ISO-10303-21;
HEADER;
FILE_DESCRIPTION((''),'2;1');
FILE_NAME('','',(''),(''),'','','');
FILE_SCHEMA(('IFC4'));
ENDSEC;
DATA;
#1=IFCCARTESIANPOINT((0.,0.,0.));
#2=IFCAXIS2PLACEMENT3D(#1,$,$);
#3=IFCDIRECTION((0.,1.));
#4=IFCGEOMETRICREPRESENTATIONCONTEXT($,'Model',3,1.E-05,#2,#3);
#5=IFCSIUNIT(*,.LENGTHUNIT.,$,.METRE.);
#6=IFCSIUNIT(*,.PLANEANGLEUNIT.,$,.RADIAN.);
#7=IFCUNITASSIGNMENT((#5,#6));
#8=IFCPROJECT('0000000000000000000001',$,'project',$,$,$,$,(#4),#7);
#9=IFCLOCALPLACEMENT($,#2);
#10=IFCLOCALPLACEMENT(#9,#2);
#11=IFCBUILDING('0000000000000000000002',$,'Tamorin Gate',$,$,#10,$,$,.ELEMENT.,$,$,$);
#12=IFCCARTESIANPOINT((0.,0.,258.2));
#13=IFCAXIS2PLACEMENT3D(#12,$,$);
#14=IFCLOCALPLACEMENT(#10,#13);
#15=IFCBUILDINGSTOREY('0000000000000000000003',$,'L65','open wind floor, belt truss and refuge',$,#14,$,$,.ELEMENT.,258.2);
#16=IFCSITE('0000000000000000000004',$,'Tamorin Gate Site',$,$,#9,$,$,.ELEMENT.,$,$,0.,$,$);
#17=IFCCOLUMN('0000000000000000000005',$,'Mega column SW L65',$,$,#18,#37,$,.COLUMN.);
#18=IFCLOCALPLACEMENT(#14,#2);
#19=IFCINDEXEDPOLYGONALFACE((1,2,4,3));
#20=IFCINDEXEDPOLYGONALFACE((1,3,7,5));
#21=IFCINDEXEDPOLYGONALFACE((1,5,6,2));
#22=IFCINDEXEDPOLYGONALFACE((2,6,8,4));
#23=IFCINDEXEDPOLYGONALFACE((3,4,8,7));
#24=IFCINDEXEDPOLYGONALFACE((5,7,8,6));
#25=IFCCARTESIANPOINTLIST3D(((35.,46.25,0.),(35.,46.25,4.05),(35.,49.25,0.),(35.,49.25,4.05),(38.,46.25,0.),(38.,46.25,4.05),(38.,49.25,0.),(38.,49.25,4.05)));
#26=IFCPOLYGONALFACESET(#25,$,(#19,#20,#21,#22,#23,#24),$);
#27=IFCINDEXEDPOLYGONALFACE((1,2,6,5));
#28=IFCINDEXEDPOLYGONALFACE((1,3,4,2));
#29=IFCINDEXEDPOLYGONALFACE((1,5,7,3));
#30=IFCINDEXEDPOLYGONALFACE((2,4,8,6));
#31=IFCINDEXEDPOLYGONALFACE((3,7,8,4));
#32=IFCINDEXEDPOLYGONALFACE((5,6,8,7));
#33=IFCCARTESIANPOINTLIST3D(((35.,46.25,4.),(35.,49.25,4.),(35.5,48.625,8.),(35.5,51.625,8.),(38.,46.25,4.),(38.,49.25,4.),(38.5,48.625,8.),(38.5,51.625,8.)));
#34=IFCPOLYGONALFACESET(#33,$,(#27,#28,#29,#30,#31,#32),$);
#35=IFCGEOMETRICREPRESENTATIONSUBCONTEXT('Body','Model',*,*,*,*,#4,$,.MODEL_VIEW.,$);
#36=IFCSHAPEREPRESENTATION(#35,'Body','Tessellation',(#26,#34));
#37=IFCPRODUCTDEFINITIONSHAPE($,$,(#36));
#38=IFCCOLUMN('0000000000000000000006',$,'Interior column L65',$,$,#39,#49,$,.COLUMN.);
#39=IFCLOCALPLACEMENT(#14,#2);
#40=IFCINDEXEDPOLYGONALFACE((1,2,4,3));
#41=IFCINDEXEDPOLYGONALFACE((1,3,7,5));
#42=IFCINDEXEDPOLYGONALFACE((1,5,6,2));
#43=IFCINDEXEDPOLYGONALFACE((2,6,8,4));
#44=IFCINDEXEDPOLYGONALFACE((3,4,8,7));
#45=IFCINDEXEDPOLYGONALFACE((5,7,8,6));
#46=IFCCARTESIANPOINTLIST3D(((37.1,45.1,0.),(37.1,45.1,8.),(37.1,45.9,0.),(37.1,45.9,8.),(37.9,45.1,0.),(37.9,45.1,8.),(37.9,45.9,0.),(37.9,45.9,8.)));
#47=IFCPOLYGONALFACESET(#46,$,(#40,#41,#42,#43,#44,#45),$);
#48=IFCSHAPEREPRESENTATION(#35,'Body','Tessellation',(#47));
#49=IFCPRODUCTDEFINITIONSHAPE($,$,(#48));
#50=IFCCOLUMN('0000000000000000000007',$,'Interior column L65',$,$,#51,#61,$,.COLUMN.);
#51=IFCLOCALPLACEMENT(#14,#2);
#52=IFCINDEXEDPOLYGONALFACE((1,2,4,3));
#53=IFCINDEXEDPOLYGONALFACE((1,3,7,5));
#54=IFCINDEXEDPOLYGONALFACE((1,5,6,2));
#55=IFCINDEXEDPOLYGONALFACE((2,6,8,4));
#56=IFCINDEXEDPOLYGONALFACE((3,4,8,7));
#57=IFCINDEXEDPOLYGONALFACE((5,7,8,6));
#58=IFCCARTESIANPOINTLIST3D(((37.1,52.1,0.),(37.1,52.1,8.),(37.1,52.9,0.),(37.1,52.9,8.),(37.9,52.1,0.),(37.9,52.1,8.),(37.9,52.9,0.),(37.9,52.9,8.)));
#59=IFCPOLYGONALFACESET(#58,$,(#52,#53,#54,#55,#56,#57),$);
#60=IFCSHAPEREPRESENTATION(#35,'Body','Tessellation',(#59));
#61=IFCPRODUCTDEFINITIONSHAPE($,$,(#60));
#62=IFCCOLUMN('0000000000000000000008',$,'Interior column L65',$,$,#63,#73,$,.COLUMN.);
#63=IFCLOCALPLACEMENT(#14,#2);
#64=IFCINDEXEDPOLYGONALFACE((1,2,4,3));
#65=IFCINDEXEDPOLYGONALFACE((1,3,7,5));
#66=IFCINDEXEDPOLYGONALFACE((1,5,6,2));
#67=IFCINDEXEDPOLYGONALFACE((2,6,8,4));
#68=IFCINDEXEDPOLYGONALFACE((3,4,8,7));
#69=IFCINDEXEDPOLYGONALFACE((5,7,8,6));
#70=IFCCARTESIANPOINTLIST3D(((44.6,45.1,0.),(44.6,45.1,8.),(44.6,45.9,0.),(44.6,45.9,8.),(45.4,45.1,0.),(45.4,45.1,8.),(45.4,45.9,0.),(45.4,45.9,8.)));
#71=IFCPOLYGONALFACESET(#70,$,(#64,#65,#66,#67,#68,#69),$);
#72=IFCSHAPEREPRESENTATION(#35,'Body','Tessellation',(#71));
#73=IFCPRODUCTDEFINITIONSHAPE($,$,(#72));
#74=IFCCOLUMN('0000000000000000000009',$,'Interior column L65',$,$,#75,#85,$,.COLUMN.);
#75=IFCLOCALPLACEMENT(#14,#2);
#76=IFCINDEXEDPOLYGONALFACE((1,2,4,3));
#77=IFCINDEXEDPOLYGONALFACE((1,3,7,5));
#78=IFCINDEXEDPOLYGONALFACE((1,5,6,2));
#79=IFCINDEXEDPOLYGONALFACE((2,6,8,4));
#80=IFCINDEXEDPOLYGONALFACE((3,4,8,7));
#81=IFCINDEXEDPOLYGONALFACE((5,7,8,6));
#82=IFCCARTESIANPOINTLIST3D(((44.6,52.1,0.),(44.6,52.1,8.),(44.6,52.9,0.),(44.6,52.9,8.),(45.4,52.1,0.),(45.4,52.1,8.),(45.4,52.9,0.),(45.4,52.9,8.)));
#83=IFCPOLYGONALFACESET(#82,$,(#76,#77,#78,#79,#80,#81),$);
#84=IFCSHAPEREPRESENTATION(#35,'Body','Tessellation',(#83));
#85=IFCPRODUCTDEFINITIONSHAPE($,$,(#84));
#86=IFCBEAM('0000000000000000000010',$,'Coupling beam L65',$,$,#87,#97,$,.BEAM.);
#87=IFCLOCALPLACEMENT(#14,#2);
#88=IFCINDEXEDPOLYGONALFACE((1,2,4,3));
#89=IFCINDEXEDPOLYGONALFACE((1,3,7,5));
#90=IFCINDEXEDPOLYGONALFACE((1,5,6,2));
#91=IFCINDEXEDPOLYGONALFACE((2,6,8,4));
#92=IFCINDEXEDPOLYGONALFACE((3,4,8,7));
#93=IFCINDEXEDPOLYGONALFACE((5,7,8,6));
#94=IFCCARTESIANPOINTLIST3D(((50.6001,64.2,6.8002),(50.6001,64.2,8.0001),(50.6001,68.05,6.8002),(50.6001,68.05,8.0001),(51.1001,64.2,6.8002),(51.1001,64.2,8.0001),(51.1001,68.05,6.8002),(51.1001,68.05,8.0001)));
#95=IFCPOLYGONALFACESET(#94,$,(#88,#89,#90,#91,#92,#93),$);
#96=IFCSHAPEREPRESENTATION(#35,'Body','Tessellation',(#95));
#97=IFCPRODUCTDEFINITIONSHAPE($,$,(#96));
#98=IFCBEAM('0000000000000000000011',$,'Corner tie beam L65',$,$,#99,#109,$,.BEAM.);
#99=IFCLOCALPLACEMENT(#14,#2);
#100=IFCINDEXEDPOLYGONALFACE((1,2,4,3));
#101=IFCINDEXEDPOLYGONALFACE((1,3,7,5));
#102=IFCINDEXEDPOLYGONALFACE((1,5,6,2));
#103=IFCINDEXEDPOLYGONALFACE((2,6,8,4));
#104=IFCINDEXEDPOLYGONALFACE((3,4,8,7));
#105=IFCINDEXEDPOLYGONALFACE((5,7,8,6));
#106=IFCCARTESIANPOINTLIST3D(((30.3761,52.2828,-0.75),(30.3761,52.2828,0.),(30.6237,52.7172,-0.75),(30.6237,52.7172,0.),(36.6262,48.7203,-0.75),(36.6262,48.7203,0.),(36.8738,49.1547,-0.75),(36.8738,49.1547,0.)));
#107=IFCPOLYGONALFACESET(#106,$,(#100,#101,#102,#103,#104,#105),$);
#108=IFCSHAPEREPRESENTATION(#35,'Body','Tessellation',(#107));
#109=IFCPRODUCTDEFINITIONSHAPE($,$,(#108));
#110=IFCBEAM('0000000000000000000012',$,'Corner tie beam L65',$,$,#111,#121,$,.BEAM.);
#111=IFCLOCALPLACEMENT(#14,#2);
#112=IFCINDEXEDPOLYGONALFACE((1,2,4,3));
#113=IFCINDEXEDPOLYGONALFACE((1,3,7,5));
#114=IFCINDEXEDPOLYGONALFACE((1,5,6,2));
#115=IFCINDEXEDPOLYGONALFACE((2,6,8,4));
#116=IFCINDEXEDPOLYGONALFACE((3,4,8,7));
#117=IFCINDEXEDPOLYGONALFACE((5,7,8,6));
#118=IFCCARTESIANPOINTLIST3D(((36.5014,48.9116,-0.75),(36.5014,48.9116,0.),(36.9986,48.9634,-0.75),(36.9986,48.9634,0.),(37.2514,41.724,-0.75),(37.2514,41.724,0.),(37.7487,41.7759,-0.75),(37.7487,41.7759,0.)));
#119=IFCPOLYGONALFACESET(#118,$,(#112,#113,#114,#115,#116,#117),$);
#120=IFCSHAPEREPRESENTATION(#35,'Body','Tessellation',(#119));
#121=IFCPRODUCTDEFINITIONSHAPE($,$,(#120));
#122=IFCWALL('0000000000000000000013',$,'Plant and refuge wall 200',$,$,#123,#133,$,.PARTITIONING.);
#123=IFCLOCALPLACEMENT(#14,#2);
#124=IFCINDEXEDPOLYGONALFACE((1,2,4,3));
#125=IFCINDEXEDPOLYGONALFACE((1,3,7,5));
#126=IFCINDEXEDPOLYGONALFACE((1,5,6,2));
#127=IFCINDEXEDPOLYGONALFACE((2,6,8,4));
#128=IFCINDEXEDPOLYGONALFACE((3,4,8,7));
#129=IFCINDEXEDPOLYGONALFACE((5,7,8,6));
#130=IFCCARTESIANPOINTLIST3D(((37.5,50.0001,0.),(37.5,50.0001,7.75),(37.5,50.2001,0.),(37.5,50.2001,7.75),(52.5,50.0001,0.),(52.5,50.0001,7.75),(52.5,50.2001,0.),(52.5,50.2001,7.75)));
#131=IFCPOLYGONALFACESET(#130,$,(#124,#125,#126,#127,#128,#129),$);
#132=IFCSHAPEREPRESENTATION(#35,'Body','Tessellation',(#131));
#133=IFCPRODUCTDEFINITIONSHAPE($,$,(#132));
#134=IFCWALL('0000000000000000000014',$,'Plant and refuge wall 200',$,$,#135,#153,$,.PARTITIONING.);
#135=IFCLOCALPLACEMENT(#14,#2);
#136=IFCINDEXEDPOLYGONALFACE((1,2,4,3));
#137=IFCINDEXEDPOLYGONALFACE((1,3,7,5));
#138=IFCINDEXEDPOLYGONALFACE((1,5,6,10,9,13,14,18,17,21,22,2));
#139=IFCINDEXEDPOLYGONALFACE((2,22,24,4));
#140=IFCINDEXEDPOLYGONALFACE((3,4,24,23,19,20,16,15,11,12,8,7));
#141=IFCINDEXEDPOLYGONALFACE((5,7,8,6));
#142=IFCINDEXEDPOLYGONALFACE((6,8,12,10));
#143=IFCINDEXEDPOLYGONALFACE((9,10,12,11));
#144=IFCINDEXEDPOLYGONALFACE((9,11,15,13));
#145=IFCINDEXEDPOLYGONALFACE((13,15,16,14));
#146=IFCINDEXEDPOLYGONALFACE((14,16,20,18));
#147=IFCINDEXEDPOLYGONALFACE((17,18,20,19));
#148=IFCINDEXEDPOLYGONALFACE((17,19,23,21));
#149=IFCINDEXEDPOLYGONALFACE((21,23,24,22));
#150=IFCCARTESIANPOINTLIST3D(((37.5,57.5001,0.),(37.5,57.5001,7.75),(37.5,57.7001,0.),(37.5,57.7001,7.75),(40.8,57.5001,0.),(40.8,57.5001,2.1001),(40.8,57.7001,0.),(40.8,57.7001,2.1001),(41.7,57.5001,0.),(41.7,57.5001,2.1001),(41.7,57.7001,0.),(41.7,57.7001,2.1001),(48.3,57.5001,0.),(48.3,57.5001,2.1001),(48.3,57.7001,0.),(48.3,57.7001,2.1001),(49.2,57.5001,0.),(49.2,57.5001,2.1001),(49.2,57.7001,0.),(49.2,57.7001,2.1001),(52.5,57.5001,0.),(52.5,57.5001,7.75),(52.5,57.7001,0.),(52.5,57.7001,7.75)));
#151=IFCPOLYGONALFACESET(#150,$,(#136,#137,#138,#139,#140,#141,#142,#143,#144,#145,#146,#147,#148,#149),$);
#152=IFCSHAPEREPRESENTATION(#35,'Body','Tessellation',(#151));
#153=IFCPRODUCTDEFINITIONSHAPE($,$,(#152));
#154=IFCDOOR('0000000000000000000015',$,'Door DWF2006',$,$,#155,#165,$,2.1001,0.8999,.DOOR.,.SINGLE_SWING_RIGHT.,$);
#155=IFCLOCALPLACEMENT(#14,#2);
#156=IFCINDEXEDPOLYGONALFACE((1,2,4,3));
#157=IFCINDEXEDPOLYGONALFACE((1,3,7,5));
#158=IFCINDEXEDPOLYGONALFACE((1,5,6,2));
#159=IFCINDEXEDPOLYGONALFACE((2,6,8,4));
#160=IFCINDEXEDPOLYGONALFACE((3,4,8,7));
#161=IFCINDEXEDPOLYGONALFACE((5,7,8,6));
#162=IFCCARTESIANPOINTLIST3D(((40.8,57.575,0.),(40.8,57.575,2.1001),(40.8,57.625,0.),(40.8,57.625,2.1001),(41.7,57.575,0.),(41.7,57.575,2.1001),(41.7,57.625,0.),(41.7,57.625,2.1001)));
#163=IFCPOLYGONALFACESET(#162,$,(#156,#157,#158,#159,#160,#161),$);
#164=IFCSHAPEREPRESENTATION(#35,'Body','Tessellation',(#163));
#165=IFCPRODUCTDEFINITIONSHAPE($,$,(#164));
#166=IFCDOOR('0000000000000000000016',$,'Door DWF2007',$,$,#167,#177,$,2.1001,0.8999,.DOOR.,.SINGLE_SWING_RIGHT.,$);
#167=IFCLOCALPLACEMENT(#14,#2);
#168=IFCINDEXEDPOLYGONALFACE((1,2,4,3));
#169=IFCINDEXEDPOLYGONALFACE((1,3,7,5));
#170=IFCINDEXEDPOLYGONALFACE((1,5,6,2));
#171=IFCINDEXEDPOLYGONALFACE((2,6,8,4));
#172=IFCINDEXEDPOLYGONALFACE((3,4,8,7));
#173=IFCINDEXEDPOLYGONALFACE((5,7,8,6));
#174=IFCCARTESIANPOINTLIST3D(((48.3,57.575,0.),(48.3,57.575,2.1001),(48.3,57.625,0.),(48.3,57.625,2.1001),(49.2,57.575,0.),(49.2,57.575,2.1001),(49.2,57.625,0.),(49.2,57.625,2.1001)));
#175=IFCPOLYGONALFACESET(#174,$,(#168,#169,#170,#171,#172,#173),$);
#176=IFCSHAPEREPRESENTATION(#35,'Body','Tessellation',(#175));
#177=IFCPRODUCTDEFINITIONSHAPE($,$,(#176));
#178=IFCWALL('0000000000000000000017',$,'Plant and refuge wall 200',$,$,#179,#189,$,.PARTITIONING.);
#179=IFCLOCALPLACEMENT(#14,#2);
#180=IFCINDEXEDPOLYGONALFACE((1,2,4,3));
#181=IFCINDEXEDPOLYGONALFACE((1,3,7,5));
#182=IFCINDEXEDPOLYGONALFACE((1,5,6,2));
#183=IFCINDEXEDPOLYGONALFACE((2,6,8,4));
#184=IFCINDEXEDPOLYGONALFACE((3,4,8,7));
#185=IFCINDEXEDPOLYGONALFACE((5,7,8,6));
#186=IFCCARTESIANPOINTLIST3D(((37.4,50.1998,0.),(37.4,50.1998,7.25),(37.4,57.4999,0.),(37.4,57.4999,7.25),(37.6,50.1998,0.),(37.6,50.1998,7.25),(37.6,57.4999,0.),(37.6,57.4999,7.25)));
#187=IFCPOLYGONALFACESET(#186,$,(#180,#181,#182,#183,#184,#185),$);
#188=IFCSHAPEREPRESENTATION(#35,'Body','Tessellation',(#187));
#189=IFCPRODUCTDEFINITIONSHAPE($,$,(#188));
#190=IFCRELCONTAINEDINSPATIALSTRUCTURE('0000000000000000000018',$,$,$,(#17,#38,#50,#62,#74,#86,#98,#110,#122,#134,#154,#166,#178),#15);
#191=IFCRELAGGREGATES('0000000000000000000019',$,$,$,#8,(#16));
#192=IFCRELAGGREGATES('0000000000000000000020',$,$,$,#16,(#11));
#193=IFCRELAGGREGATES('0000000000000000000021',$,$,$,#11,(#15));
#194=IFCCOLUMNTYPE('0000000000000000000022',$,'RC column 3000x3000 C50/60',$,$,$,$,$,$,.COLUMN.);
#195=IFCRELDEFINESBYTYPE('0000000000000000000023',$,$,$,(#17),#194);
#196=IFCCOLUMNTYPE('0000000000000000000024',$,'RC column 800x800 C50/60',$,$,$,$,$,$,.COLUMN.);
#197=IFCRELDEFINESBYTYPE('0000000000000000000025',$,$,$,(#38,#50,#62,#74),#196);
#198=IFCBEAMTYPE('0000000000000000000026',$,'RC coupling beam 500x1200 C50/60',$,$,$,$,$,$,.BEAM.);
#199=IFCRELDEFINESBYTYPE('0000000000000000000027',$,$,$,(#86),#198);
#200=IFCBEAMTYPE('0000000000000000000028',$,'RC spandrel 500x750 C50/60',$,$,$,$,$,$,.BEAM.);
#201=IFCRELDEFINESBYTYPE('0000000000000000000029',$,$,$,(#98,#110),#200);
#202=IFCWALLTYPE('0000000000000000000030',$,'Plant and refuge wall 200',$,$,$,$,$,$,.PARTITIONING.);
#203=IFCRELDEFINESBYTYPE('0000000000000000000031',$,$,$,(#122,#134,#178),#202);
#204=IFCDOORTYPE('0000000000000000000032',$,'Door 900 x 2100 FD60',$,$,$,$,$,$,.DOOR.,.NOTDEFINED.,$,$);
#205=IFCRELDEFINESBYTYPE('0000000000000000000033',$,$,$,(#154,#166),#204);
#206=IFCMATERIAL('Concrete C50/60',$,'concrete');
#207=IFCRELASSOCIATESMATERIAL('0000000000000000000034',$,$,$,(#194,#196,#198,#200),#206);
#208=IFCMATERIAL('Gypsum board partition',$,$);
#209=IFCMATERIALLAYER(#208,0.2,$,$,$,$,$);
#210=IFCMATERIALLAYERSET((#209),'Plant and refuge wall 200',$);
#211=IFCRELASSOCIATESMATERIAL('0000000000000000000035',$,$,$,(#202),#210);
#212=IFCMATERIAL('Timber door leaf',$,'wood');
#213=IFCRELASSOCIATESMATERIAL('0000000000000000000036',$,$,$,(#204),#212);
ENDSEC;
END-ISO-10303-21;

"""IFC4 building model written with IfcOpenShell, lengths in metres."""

from ifc_helpers import new_model, si_unit, direction, frame, frame_2d, origin, origin_2d, place, context, subcontext, project, spatial, rectangle, extrude, material, layer, layer_set, material_profile, profile_set, type_object, element, fill, save


model = new_model("IFC4")

# Units and contexts
model_context = context("Model", 3, precision=1e-05, world=origin(), true_north=direction((0.0, 1.0)))
body_context = subcontext(model_context, "Body", "Model", "MODEL_VIEW")
ifc_project = project(units=[si_unit("LENGTHUNIT", "METRE"), si_unit("PLANEANGLEUNIT", "RADIAN")], contexts=[model_context])

# Site, building, storey
site_placement = place(None, origin())
site = spatial("IfcSite", under=ifc_project, at=site_placement, Name="Tamorin Gate Site", CompositionType="ELEMENT", RefElevation=0.0)
building_placement = place(site_placement, origin())
building = spatial("IfcBuilding", under=site, at=building_placement, Name="Tamorin Gate", CompositionType="ELEMENT")
storey_placement = place(building_placement, frame((0.0, 0.0, 258.2)))
storey = spatial("IfcBuildingStorey", under=building, at=storey_placement, Name="L65", Description="open wind floor, belt truss and refuge", CompositionType="ELEMENT", Elevation=258.2)

# Columns
ifc_material_1 = material(Name="Concrete C50/60", Category="concrete")
ifc_material_profile_1 = material_profile(ifc_material_1, rectangle(XDim=3.0, YDim=3.0, at=origin_2d()), Name="RC 3000x3000")
ifc_profile_set_1 = profile_set([ifc_material_profile_1], Name="Concrete C50/60")
column_type_1 = type_object("IfcColumnType", Name="RC column 3000x3000 C50/60", PredefinedType="COLUMN", material=ifc_profile_set_1)
column_placement = place(storey_placement, frame((36.5, 47.75, 0.0), z_axis=(0.0, 0.0, 1.0), x_axis=(1.0, 0.0, 0.0)))
element("IfcColumn", 1, at=column_placement, inside=storey, type_object=column_type_1, Name="Mega column SW L65", PredefinedType="COLUMN", context=body_context, shape_type="SweptSolid", body=[
    extrude(rectangle(XDim=3.0, YDim=3.0, at=origin_2d()), origin(), (0.0, 0.0, 1.0), 4.05),
    extrude(rectangle(XDim=3.0, YDim=3.0, at=origin_2d()), frame((0.0, 0.0, 4.0)), (0.106866, 0.507615, 0.854931), 4.6787),
])
ifc_material_profile_2 = material_profile(ifc_material_1, rectangle(XDim=0.8, YDim=0.8, at=origin_2d()), Name="RC 800x800")
ifc_profile_set_2 = profile_set([ifc_material_profile_2], Name="Concrete C50/60")
column_type_2 = type_object("IfcColumnType", Name="RC column 800x800 C50/60", PredefinedType="COLUMN", material=ifc_profile_set_2)
for number, where, z_axis, x_axis, name in (
    (2, (37.5, 45.5, 0.0), (0.0, 0.0, 1.0), (1.0, 0.0, 0.0), "Interior column L65"),
    (3, (37.5, 52.5, 0.0), (0.0, 0.0, 1.0), (1.0, 0.0, 0.0), "Interior column L65"),
    (4, (45.0, 45.5, 0.0), (0.0, 0.0, 1.0), (1.0, 0.0, 0.0), "Interior column L65"),
    (5, (45.0, 52.5, 0.0), (0.0, 0.0, 1.0), (1.0, 0.0, 0.0), "Interior column L65"),
):
    element("IfcColumn", number, at=place(storey_placement, frame(where, z_axis=z_axis, x_axis=x_axis)), inside=storey, type_object=column_type_2, Name=name, PredefinedType="COLUMN", context=body_context, shape_type="SweptSolid", body=[
        extrude(rectangle(XDim=0.8, YDim=0.8, at=origin_2d()), origin(), (0.0, 0.0, 1.0), 8.0),
    ])

# Beams
ifc_material_profile_3 = material_profile(ifc_material_1, rectangle(XDim=0.5, YDim=1.2, at=origin_2d()), Name="RC 500x1200")
ifc_profile_set_3 = profile_set([ifc_material_profile_3], Name="Concrete C50/60")
beam_type_1 = type_object("IfcBeamType", Name="RC coupling beam 500x1200 C50/60", PredefinedType="BEAM", material=ifc_profile_set_3)
beam_1_placement = place(storey_placement, frame((50.8501, 64.2, 7.4001), z_axis=(0.0, 1.0, 0.0), x_axis=(-1.0, 0.0, 0.0)))
element("IfcBeam", 6, at=beam_1_placement, inside=storey, type_object=beam_type_1, Name="Coupling beam L65", PredefinedType="BEAM", context=body_context, shape_type="SweptSolid", body=[
    extrude(rectangle(XDim=0.5, YDim=1.2, at=origin_2d()), origin(), (0.0, 0.0, 1.0), 3.8501),
])
ifc_material_profile_4 = material_profile(ifc_material_1, rectangle(XDim=0.5, YDim=0.75, at=origin_2d()), Name="RC 500x750")
ifc_profile_set_4 = profile_set([ifc_material_profile_4], Name="Concrete C50/60")
beam_type_2 = type_object("IfcBeamType", Name="RC spandrel 500x750 C50/60", PredefinedType="BEAM", material=ifc_profile_set_4)
beam_2_placement = place(storey_placement, frame((36.75, 48.9375, -0.375), z_axis=(-0.868777, 0.495203, 0.0), x_axis=(-0.495203, -0.868777, 0.0)))
element("IfcBeam", 7, at=beam_2_placement, inside=storey, type_object=beam_type_2, Name="Corner tie beam L65", PredefinedType="BEAM", context=body_context, shape_type="SweptSolid", body=[
    extrude(rectangle(XDim=0.5, YDim=0.75, at=origin_2d()), origin(), (0.0, 0.0, 1.0), 7.1941),
])
beam_3_placement = place(storey_placement, frame((36.75, 48.9375, -0.375), z_axis=(0.103784, -0.9946, 0.0), x_axis=(0.9946, 0.103784, 0.0)))
element("IfcBeam", 8, at=beam_3_placement, inside=storey, type_object=beam_type_2, Name="Corner tie beam L65", PredefinedType="BEAM", context=body_context, shape_type="SweptSolid", body=[
    extrude(rectangle(XDim=0.5, YDim=0.75, at=origin_2d()), origin(), (0.0, 0.0, 1.0), 7.2266),
])

# Wall
ifc_material_2 = material(Name="Gypsum board partition")
ifc_layer_1 = layer(ifc_material_2, 0.2)
ifc_layer_set_1 = layer_set([ifc_layer_1], Name="Plant and refuge wall 200")
wall_type_1 = type_object("IfcWallType", Name="Plant and refuge wall 200", PredefinedType="PARTITIONING", material=ifc_layer_set_1)
wall_1_placement = place(storey_placement, frame((37.5, 50.1001, 0.0), z_axis=(0.0, 0.0, 1.0), x_axis=(1.0, 0.0, 0.0)))
element("IfcWall", 9, at=wall_1_placement, inside=storey, type_object=wall_type_1, Name="Plant and refuge wall 200", PredefinedType="PARTITIONING", context=body_context, shape_type="SweptSolid", body=[
    extrude(rectangle(XDim=15.0, YDim=0.2, at=frame_2d((7.5, 0.0))), origin(), (0.0, 0.0, 1.0), 7.75),
])

# Wall, openings, doors
wall_2_placement = place(storey_placement, frame((37.5, 57.6001, 0.0), z_axis=(0.0, 0.0, 1.0), x_axis=(1.0, 0.0, 0.0)))
wall_2 = element("IfcWall", 10, at=wall_2_placement, inside=storey, type_object=wall_type_1, Name="Plant and refuge wall 200", PredefinedType="PARTITIONING", context=body_context, shape_type="SweptSolid", body=[
    extrude(rectangle(XDim=15.0, YDim=0.2, at=frame_2d((7.5, 0.0))), origin(), (0.0, 0.0, 1.0), 7.75),
])
opening_1_placement = place(wall_2_placement, frame((3.3, 0.0, 0.0)))
opening_1 = element("IfcOpeningElement", 11, at=opening_1_placement, cuts=wall_2, PredefinedType="OPENING", context=body_context, shape_type="SweptSolid", body=[
    extrude(rectangle(XDim=0.8999, YDim=2.1001, at=frame_2d((0.45, 1.05))), frame((0.0, 0.1099, 0.0), z_axis=(0.0, -1.0, 0.0), x_axis=(1.0, 0.0, 0.0)), (0.0, 0.0, 1.0), 0.22),
])
opening_2_placement = place(wall_2_placement, frame((10.8, 0.0, 0.0)))
opening_2 = element("IfcOpeningElement", 12, at=opening_2_placement, cuts=wall_2, PredefinedType="OPENING", context=body_context, shape_type="SweptSolid", body=[
    extrude(rectangle(XDim=0.8999, YDim=2.1001, at=frame_2d((0.45, 1.05))), frame((0.0, 0.1099, 0.0), z_axis=(0.0, -1.0, 0.0), x_axis=(1.0, 0.0, 0.0)), (0.0, 0.0, 1.0), 0.22),
])
ifc_material_3 = material(Name="Timber door leaf", Category="wood")
door_type = type_object("IfcDoorType", Name="Door 900 x 2100 FD60", OperationType="NOTDEFINED", PredefinedType="DOOR", material=ifc_material_3)
door_1_placement = place(opening_1_placement, origin())
door_1 = element("IfcDoor", 13, at=door_1_placement, inside=storey, type_object=door_type, Name="Door DWF2006", OperationType="SINGLE_SWING_RIGHT", OverallHeight=2.1001, OverallWidth=0.8999, PredefinedType="DOOR", context=body_context, shape_type="SweptSolid", body=[
    extrude(rectangle(XDim=0.8999, YDim=2.1001, at=frame_2d((0.45, 1.05))), frame((0.0, 0.0249, 0.0), z_axis=(0.0, -1.0, 0.0), x_axis=(1.0, 0.0, 0.0)), (0.0, 0.0, 1.0), 0.05),
])
fill(opening_1, door_1)
door_2_placement = place(opening_2_placement, origin())
door_2 = element("IfcDoor", 14, at=door_2_placement, inside=storey, type_object=door_type, Name="Door DWF2007", OperationType="SINGLE_SWING_RIGHT", OverallHeight=2.1001, OverallWidth=0.8999, PredefinedType="DOOR", context=body_context, shape_type="SweptSolid", body=[
    extrude(rectangle(XDim=0.8999, YDim=2.1001, at=frame_2d((0.45, 1.05))), frame((0.0, 0.0249, 0.0), z_axis=(0.0, -1.0, 0.0), x_axis=(1.0, 0.0, 0.0)), (0.0, 0.0, 1.0), 0.05),
])
fill(opening_2, door_2)

# Wall
wall_3_placement = place(storey_placement, frame((37.5, 50.2, 0.0), z_axis=(0.0, 0.0, 1.0), x_axis=(0.0, 1.0, 0.0)))
element("IfcWall", 15, at=wall_3_placement, inside=storey, type_object=wall_type_1, Name="Plant and refuge wall 200", PredefinedType="PARTITIONING", context=body_context, shape_type="SweptSolid", body=[
    extrude(rectangle(XDim=7.3, YDim=0.2, at=frame_2d((3.6499, 0.0))), origin(), (0.0, 0.0, 1.0), 7.25),
])

save(model, "model.ifc")
